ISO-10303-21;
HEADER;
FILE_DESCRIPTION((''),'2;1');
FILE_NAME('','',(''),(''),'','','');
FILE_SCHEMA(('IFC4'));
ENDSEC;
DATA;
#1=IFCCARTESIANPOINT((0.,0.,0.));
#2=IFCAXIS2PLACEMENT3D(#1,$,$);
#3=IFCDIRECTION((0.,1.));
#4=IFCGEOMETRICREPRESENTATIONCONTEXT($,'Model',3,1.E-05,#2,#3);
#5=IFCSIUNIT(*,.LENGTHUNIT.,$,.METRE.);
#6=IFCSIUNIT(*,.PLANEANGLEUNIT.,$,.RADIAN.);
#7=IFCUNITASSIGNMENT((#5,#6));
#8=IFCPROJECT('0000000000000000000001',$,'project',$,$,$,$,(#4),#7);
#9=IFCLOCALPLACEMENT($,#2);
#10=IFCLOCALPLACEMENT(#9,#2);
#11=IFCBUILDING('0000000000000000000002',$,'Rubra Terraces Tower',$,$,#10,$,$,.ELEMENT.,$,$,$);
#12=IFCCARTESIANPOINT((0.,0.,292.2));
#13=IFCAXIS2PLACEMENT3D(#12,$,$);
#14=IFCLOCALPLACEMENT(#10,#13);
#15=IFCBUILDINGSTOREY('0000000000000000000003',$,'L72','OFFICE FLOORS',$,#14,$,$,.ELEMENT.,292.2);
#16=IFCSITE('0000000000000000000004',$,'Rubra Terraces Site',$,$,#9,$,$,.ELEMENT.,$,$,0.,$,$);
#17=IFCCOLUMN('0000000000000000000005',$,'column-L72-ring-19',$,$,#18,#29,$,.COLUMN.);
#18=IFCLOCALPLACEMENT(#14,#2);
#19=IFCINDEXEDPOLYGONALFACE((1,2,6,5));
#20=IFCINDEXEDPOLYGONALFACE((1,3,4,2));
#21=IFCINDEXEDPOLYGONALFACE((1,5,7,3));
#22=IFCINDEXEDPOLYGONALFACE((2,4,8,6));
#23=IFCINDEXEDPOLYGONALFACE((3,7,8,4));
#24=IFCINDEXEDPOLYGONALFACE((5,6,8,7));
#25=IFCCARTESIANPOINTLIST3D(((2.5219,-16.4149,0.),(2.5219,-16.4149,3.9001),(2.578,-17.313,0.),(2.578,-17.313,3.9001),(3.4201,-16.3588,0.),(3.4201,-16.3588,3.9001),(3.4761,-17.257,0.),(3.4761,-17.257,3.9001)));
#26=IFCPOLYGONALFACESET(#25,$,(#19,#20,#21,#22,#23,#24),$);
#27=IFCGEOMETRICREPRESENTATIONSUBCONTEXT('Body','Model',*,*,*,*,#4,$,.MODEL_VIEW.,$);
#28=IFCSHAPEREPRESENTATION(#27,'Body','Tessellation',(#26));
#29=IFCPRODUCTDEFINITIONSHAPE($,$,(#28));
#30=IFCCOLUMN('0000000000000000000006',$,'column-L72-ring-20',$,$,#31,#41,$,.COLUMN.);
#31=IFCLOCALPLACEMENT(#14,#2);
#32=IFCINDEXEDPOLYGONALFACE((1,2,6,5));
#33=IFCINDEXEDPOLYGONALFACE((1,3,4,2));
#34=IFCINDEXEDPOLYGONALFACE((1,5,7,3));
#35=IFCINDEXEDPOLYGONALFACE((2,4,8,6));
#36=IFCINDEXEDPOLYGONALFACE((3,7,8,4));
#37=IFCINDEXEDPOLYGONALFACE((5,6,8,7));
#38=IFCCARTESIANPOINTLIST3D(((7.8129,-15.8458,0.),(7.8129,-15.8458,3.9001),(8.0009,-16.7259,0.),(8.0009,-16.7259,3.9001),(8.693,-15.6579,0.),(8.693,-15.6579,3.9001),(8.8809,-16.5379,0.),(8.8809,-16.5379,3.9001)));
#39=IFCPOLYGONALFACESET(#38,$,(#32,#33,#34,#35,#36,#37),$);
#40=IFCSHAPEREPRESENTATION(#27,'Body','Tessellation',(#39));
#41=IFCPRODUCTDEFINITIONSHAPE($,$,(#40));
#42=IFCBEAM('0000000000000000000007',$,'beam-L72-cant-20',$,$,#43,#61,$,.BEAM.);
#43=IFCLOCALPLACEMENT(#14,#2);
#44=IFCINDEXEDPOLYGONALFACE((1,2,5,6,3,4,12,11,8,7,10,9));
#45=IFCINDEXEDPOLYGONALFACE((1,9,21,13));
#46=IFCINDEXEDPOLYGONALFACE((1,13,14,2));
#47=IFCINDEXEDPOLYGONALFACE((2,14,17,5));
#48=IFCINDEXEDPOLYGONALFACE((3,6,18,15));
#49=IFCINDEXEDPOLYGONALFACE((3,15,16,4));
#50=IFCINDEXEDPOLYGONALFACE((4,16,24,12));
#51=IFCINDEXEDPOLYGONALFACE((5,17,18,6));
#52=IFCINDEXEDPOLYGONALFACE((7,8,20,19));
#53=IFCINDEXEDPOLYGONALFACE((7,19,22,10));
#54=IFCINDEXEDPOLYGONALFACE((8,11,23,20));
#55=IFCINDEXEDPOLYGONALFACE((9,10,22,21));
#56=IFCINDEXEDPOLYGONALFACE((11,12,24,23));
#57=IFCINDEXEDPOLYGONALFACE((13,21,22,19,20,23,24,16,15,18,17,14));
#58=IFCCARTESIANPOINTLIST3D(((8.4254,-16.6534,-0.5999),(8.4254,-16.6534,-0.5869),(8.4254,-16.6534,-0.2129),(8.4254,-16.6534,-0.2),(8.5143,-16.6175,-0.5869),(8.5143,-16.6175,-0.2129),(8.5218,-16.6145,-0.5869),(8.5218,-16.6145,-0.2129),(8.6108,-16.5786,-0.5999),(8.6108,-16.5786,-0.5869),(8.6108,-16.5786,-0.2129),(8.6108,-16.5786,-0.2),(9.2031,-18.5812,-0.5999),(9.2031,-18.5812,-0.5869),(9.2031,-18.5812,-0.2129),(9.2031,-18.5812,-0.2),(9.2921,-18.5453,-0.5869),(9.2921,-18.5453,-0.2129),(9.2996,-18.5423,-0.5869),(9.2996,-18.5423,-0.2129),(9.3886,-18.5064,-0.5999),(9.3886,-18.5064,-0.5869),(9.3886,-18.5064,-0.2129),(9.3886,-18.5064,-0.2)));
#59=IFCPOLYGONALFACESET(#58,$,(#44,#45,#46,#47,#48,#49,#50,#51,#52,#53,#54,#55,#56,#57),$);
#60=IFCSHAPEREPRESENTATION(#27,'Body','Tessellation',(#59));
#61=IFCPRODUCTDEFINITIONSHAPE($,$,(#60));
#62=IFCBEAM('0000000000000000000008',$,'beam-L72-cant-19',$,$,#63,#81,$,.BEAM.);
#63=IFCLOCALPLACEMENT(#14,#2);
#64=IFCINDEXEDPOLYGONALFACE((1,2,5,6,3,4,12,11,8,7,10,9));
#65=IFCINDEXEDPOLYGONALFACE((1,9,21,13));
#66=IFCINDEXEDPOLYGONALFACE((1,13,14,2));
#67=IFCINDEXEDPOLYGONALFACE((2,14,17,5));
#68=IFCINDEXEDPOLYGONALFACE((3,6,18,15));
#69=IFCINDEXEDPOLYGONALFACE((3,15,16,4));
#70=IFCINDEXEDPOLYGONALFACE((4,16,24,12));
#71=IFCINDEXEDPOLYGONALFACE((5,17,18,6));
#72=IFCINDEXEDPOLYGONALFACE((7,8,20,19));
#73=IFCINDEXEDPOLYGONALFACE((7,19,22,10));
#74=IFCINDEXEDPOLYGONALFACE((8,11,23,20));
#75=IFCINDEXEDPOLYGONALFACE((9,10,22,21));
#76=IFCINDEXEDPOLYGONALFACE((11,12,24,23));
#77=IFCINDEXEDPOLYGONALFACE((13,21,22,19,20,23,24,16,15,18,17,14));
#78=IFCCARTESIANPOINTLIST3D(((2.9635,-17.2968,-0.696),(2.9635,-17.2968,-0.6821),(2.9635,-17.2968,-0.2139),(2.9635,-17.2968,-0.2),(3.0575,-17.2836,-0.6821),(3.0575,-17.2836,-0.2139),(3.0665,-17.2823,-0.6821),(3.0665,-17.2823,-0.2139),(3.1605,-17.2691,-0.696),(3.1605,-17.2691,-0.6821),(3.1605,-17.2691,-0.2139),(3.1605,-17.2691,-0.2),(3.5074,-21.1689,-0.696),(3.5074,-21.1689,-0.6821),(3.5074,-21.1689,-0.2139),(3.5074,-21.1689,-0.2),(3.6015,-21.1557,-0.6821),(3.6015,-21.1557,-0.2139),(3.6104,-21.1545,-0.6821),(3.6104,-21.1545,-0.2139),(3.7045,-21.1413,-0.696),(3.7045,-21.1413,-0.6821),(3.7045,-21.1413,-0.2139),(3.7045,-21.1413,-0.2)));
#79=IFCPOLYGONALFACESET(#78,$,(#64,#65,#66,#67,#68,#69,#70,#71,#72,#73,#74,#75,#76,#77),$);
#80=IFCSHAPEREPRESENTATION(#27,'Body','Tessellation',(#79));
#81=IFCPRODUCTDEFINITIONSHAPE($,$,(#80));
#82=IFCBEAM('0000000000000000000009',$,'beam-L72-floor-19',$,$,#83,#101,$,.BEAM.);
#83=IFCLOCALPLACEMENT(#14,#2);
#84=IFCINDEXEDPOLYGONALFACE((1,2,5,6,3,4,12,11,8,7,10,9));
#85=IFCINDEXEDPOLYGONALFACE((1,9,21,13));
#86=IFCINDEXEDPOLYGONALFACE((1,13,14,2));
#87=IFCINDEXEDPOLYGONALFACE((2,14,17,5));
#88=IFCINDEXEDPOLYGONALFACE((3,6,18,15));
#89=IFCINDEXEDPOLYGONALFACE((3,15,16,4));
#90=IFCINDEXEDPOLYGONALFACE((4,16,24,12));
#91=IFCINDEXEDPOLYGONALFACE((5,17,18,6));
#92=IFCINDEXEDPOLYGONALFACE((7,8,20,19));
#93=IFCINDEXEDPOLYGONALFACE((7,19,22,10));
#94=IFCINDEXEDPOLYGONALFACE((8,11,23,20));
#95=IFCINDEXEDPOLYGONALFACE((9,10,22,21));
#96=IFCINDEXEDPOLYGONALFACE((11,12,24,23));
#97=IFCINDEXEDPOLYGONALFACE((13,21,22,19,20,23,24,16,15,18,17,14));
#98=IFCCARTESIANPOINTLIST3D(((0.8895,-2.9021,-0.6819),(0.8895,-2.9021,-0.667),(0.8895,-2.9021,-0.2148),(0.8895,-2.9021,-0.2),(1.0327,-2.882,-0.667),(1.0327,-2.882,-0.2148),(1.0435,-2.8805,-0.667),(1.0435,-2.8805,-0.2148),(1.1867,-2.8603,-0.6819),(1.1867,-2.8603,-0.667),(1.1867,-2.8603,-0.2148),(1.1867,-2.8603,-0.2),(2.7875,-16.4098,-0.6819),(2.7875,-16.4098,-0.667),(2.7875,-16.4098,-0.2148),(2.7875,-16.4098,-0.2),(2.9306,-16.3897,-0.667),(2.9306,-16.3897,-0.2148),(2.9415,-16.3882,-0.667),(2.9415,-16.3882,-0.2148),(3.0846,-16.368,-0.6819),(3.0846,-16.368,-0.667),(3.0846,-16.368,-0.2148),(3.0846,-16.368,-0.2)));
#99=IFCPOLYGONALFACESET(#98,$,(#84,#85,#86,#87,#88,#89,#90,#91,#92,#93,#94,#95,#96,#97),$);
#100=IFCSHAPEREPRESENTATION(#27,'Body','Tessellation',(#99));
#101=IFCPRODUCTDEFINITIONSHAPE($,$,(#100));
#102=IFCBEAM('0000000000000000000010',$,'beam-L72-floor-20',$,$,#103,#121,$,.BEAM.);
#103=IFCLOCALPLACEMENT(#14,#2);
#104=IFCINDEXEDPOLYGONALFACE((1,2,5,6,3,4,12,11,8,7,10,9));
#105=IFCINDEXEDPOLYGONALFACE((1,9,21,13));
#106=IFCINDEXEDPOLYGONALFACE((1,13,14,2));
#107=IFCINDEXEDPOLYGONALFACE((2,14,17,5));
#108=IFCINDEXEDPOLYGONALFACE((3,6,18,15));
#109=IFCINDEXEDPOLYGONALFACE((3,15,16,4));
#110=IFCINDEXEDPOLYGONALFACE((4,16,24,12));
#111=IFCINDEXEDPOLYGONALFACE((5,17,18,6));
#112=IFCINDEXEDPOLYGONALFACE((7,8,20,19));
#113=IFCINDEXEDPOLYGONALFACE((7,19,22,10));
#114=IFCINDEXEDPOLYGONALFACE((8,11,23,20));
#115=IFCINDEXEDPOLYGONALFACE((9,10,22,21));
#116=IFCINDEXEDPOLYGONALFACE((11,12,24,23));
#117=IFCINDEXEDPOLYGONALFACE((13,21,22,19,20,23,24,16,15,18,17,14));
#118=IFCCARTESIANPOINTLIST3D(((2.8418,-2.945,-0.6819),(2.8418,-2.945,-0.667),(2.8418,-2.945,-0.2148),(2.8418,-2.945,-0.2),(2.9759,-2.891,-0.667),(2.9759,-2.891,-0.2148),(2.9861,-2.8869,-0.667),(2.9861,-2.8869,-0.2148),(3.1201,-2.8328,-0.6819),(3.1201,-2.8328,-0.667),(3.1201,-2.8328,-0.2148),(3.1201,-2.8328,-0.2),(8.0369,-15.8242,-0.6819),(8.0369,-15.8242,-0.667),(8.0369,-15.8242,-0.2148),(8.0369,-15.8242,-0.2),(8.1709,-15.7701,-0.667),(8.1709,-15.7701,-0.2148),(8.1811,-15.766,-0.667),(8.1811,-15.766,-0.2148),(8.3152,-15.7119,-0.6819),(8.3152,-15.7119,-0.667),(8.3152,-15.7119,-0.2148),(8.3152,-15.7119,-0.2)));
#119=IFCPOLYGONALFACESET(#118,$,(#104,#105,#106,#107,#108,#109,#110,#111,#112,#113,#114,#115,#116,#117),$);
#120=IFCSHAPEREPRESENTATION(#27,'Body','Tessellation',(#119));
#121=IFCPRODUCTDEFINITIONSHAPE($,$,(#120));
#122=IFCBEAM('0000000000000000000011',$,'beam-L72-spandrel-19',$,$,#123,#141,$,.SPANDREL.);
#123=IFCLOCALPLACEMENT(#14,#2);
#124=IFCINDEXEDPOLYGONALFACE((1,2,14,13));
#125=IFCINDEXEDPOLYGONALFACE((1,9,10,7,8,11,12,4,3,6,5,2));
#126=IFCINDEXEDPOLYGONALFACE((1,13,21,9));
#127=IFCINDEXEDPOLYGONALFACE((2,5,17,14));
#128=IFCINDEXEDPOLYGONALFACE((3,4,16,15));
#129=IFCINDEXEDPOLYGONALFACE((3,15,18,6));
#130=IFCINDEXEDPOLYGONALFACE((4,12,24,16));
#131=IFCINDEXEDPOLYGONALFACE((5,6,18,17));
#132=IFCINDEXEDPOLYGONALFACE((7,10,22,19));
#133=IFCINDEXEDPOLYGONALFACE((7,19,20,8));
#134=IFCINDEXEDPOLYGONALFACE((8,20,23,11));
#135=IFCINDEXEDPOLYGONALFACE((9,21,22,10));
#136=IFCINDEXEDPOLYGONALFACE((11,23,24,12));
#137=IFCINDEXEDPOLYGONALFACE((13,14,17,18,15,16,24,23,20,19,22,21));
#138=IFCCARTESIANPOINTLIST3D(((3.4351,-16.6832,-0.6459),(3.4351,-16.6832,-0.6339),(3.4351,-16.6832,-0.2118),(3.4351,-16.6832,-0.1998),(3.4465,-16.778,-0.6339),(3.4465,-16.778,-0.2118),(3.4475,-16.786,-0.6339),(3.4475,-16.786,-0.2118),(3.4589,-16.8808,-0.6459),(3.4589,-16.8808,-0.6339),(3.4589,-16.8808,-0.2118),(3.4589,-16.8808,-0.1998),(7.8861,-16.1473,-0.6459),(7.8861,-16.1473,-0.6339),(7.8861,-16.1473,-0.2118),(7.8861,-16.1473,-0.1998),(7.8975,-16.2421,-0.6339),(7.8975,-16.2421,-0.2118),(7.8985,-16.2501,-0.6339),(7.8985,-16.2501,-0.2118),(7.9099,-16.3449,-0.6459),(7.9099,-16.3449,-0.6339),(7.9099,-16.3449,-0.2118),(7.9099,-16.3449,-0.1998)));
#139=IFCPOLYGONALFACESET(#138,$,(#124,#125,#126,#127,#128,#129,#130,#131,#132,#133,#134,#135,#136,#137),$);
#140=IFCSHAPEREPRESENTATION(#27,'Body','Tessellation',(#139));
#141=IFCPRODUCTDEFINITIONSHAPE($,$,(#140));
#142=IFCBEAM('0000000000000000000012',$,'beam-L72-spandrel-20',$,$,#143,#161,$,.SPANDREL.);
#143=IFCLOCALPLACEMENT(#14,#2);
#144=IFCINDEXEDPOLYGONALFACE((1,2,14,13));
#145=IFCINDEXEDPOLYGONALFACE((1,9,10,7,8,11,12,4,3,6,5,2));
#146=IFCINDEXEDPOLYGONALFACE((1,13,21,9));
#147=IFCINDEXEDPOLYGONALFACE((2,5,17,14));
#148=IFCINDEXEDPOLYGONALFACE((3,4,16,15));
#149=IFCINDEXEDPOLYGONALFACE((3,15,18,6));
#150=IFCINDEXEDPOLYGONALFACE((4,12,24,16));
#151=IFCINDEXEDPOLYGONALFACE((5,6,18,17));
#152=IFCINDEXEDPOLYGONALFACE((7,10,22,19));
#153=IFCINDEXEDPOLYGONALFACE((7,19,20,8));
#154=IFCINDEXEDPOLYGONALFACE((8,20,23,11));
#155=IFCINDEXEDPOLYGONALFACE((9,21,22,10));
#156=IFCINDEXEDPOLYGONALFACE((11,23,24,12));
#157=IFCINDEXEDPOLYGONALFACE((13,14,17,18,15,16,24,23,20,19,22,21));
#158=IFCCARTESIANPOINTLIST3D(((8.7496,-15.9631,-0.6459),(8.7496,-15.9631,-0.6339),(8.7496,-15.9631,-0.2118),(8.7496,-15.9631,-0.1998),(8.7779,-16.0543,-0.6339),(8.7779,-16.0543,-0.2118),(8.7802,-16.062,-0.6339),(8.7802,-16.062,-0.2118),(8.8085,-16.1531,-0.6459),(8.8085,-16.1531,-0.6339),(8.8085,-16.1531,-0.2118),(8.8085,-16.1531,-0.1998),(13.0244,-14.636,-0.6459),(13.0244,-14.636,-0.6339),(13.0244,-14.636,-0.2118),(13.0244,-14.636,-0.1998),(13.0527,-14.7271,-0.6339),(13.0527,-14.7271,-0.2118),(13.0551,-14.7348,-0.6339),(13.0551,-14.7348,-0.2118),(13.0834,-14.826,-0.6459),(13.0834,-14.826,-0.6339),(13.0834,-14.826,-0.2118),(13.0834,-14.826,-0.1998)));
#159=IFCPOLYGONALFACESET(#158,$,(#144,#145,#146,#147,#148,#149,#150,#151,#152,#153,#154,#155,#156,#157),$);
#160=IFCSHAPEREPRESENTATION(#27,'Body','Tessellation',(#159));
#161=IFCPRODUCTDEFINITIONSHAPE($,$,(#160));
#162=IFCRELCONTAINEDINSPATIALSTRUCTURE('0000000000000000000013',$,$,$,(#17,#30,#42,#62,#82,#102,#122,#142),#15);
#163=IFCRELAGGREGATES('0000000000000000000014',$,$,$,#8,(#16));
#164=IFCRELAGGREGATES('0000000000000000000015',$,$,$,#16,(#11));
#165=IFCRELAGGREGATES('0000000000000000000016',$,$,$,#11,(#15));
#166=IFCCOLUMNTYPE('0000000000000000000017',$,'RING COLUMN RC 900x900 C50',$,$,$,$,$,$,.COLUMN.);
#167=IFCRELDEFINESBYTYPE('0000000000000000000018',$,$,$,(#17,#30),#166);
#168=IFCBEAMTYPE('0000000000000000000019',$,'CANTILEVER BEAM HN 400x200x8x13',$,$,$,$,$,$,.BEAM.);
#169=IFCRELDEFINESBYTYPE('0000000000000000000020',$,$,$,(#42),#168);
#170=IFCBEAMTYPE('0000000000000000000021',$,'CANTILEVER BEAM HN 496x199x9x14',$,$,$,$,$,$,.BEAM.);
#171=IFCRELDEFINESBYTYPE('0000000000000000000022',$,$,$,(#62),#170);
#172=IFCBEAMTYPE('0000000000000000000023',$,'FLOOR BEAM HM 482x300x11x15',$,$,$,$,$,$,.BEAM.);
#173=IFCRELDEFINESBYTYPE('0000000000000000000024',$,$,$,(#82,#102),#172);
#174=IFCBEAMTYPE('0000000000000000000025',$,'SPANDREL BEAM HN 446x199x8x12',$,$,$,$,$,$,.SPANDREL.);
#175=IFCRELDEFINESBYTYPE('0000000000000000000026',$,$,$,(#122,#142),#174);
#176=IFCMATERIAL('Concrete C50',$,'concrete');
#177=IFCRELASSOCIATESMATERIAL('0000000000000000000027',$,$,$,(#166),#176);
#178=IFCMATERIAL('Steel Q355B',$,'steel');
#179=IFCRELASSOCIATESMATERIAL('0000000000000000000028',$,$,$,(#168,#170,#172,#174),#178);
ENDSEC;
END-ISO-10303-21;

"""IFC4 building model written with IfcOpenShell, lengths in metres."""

from ifc_helpers import new_model, si_unit, direction, frame, origin, origin_2d, place, context, subcontext, project, spatial, rectangle, i_section, extrude, material, material_profile, profile_set, type_object, element, save


model = new_model("IFC4")

# Units and contexts
model_context = context("Model", 3, precision=1e-05, world=origin(), true_north=direction((0.0, 1.0)))
body_context = subcontext(model_context, "Body", "Model", "MODEL_VIEW")
ifc_project = project(units=[si_unit("LENGTHUNIT", "METRE"), si_unit("PLANEANGLEUNIT", "RADIAN")], contexts=[model_context])

# Site, building, storey
site_placement = place(None, origin())
site = spatial("IfcSite", under=ifc_project, at=site_placement, Name="Rubra Terraces Site", CompositionType="ELEMENT", RefElevation=0.0)
building_placement = place(site_placement, origin())
building = spatial("IfcBuilding", under=site, at=building_placement, Name="Rubra Terraces Tower", CompositionType="ELEMENT")
storey_placement = place(building_placement, frame((0.0, 0.0, 292.2)))
storey = spatial("IfcBuildingStorey", under=building, at=storey_placement, Name="L72", Description="OFFICE FLOORS", CompositionType="ELEMENT", Elevation=292.2)

# Columns
ifc_material_1 = material(Name="Concrete C50", Category="concrete")
ifc_material_profile_1 = material_profile(ifc_material_1, rectangle(XDim=0.8999, YDim=0.8999, at=origin_2d()), Name="RC 900x900")
ifc_profile_set_1 = profile_set([ifc_material_profile_1], Name="Concrete C50")
column_type = type_object("IfcColumnType", Name="RING COLUMN RC 900x900 C50", PredefinedType="COLUMN", material=ifc_profile_set_1)
for number, where, z_axis, x_axis, name in (
    (1, (2.999, -16.8359, 0.0), (0.0, 0.0, 1.0), (0.998059, 0.062268, 0.0), "column-L72-ring-19"),
    (2, (8.3469, -16.1919, 0.0), (0.0, 0.0, 1.0), (0.977944, 0.208867, 0.0), "column-L72-ring-20"),
):
    element("IfcColumn", number, at=place(storey_placement, frame(where, z_axis=z_axis, x_axis=x_axis)), inside=storey, type_object=column_type, Name=name, PredefinedType="COLUMN", context=body_context, shape_type="SweptSolid", body=[
        extrude(rectangle(XDim=0.8999, YDim=0.8999, at=origin_2d()), origin(), (0.0, 0.0, 1.0), 3.9001),
    ])

# Beams
ifc_material_2 = material(Name="Steel Q355B", Category="steel")
ifc_material_profile_2 = material_profile(ifc_material_2, i_section(OverallWidth=0.2, OverallDepth=0.3999, WebThickness=0.0081, FlangeThickness=0.0129, at=origin_2d()), Name="HN 400x200x8x13")
ifc_profile_set_2 = profile_set([ifc_material_profile_2], Name="Steel Q355B")
beam_type_1 = type_object("IfcBeamType", Name="CANTILEVER BEAM HN 400x200x8x13", PredefinedType="BEAM", material=ifc_profile_set_2)
beam_1_placement = place(storey_placement, frame((8.5181, -16.616, -0.3999), z_axis=(0.374143, -0.927371, 0.0), x_axis=(0.927371, 0.374143, 0.0)))
element("IfcBeam", 3, at=beam_1_placement, inside=storey, type_object=beam_type_1, Name="beam-L72-cant-20", PredefinedType="BEAM", context=body_context, shape_type="SweptSolid", body=[
    extrude(i_section(OverallWidth=0.2, OverallDepth=0.3999, WebThickness=0.0081, FlangeThickness=0.0129, at=origin_2d()), origin(), (0.0, 0.0, 1.0), 2.0789),
])
ifc_material_profile_3 = material_profile(ifc_material_2, i_section(OverallWidth=0.199, OverallDepth=0.4961, WebThickness=0.009, FlangeThickness=0.0139, at=origin_2d()), Name="HN 496x199x9x14")
ifc_profile_set_3 = profile_set([ifc_material_profile_3], Name="Steel Q355B")
beam_type_2 = type_object("IfcBeamType", Name="CANTILEVER BEAM HN 496x199x9x14", PredefinedType="BEAM", material=ifc_profile_set_3)
beam_2_placement = place(storey_placement, frame((3.062, -17.283, -0.448), z_axis=(0.139113, -0.990276, 0.0), x_axis=(0.990276, 0.139113, 0.0)))
element("IfcBeam", 4, at=beam_2_placement, inside=storey, type_object=beam_type_2, Name="beam-L72-cant-19", PredefinedType="BEAM", context=body_context, shape_type="SweptSolid", body=[
    extrude(i_section(OverallWidth=0.199, OverallDepth=0.4961, WebThickness=0.009, FlangeThickness=0.0139, at=origin_2d()), origin(), (0.0, 0.0, 1.0), 3.9102),
])
ifc_material_profile_4 = material_profile(ifc_material_2, i_section(OverallWidth=0.3, OverallDepth=0.4819, WebThickness=0.011, FlangeThickness=0.0149, at=origin_2d()), Name="HM 482x300x11x15")
ifc_profile_set_4 = profile_set([ifc_material_profile_4], Name="Steel Q355B")
beam_type_3 = type_object("IfcBeamType", Name="FLOOR BEAM HM 482x300x11x15", PredefinedType="BEAM", material=ifc_profile_set_4)
beam_3_placement = place(storey_placement, frame((2.936, -16.3889, -0.4409), z_axis=(-0.139141, 0.990273, 0.0), x_axis=(-0.990273, -0.139141, 0.0)))
element("IfcBeam", 5, at=beam_3_placement, inside=storey, type_object=beam_type_3, Name="beam-L72-floor-19", PredefinedType="BEAM", context=body_context, shape_type="SweptSolid", body=[
    extrude(i_section(OverallWidth=0.3, OverallDepth=0.4819, WebThickness=0.011, FlangeThickness=0.0149, at=origin_2d()), origin(), (0.0, 0.0, 1.0), 13.6404),
])
beam_4_placement = place(storey_placement, frame((8.176, -15.7681, -0.4409), z_axis=(-0.374084, 0.927395, 0.0), x_axis=(-0.927395, -0.374084, 0.0)))
element("IfcBeam", 6, at=beam_4_placement, inside=storey, type_object=beam_type_3, Name="beam-L72-floor-20", PredefinedType="BEAM", context=body_context, shape_type="SweptSolid", body=[
    extrude(i_section(OverallWidth=0.3, OverallDepth=0.4819, WebThickness=0.011, FlangeThickness=0.0149, at=origin_2d()), origin(), (0.0, 0.0, 1.0), 13.8875),
])
ifc_material_profile_5 = material_profile(ifc_material_2, i_section(OverallWidth=0.199, OverallDepth=0.446, WebThickness=0.0081, FlangeThickness=0.012, at=origin_2d()), Name="HN 446x199x8x12")
ifc_profile_set_5 = profile_set([ifc_material_profile_5], Name="Steel Q355B")
beam_type_4 = type_object("IfcBeamType", Name="SPANDREL BEAM HN 446x199x8x12", PredefinedType="SPANDREL", material=ifc_profile_set_5)
beam_5_placement = place(storey_placement, frame((3.447, -16.782, -0.4229), z_axis=(0.99283, 0.119536, 0.0), x_axis=(-0.119536, 0.99283, 0.0)))
element("IfcBeam", 7, at=beam_5_placement, inside=storey, type_object=beam_type_4, Name="beam-L72-spandrel-19", PredefinedType="SPANDREL", context=body_context, shape_type="SweptSolid", body=[
    extrude(i_section(OverallWidth=0.199, OverallDepth=0.446, WebThickness=0.0081, FlangeThickness=0.012, at=origin_2d()), origin(), (0.0, 0.0, 1.0), 4.4832),
])
beam_6_placement = place(storey_placement, frame((8.7791, -16.0581, -0.4229), z_axis=(0.955035, 0.296492, 0.0), x_axis=(-0.296492, 0.955035, 0.0)))
element("IfcBeam", 8, at=beam_6_placement, inside=storey, type_object=beam_type_4, Name="beam-L72-spandrel-20", PredefinedType="SPANDREL", context=body_context, shape_type="SweptSolid", body=[
    extrude(i_section(OverallWidth=0.199, OverallDepth=0.446, WebThickness=0.0081, FlangeThickness=0.012, at=origin_2d()), origin(), (0.0, 0.0, 1.0), 4.4761),
])

save(model, "model.ifc")
